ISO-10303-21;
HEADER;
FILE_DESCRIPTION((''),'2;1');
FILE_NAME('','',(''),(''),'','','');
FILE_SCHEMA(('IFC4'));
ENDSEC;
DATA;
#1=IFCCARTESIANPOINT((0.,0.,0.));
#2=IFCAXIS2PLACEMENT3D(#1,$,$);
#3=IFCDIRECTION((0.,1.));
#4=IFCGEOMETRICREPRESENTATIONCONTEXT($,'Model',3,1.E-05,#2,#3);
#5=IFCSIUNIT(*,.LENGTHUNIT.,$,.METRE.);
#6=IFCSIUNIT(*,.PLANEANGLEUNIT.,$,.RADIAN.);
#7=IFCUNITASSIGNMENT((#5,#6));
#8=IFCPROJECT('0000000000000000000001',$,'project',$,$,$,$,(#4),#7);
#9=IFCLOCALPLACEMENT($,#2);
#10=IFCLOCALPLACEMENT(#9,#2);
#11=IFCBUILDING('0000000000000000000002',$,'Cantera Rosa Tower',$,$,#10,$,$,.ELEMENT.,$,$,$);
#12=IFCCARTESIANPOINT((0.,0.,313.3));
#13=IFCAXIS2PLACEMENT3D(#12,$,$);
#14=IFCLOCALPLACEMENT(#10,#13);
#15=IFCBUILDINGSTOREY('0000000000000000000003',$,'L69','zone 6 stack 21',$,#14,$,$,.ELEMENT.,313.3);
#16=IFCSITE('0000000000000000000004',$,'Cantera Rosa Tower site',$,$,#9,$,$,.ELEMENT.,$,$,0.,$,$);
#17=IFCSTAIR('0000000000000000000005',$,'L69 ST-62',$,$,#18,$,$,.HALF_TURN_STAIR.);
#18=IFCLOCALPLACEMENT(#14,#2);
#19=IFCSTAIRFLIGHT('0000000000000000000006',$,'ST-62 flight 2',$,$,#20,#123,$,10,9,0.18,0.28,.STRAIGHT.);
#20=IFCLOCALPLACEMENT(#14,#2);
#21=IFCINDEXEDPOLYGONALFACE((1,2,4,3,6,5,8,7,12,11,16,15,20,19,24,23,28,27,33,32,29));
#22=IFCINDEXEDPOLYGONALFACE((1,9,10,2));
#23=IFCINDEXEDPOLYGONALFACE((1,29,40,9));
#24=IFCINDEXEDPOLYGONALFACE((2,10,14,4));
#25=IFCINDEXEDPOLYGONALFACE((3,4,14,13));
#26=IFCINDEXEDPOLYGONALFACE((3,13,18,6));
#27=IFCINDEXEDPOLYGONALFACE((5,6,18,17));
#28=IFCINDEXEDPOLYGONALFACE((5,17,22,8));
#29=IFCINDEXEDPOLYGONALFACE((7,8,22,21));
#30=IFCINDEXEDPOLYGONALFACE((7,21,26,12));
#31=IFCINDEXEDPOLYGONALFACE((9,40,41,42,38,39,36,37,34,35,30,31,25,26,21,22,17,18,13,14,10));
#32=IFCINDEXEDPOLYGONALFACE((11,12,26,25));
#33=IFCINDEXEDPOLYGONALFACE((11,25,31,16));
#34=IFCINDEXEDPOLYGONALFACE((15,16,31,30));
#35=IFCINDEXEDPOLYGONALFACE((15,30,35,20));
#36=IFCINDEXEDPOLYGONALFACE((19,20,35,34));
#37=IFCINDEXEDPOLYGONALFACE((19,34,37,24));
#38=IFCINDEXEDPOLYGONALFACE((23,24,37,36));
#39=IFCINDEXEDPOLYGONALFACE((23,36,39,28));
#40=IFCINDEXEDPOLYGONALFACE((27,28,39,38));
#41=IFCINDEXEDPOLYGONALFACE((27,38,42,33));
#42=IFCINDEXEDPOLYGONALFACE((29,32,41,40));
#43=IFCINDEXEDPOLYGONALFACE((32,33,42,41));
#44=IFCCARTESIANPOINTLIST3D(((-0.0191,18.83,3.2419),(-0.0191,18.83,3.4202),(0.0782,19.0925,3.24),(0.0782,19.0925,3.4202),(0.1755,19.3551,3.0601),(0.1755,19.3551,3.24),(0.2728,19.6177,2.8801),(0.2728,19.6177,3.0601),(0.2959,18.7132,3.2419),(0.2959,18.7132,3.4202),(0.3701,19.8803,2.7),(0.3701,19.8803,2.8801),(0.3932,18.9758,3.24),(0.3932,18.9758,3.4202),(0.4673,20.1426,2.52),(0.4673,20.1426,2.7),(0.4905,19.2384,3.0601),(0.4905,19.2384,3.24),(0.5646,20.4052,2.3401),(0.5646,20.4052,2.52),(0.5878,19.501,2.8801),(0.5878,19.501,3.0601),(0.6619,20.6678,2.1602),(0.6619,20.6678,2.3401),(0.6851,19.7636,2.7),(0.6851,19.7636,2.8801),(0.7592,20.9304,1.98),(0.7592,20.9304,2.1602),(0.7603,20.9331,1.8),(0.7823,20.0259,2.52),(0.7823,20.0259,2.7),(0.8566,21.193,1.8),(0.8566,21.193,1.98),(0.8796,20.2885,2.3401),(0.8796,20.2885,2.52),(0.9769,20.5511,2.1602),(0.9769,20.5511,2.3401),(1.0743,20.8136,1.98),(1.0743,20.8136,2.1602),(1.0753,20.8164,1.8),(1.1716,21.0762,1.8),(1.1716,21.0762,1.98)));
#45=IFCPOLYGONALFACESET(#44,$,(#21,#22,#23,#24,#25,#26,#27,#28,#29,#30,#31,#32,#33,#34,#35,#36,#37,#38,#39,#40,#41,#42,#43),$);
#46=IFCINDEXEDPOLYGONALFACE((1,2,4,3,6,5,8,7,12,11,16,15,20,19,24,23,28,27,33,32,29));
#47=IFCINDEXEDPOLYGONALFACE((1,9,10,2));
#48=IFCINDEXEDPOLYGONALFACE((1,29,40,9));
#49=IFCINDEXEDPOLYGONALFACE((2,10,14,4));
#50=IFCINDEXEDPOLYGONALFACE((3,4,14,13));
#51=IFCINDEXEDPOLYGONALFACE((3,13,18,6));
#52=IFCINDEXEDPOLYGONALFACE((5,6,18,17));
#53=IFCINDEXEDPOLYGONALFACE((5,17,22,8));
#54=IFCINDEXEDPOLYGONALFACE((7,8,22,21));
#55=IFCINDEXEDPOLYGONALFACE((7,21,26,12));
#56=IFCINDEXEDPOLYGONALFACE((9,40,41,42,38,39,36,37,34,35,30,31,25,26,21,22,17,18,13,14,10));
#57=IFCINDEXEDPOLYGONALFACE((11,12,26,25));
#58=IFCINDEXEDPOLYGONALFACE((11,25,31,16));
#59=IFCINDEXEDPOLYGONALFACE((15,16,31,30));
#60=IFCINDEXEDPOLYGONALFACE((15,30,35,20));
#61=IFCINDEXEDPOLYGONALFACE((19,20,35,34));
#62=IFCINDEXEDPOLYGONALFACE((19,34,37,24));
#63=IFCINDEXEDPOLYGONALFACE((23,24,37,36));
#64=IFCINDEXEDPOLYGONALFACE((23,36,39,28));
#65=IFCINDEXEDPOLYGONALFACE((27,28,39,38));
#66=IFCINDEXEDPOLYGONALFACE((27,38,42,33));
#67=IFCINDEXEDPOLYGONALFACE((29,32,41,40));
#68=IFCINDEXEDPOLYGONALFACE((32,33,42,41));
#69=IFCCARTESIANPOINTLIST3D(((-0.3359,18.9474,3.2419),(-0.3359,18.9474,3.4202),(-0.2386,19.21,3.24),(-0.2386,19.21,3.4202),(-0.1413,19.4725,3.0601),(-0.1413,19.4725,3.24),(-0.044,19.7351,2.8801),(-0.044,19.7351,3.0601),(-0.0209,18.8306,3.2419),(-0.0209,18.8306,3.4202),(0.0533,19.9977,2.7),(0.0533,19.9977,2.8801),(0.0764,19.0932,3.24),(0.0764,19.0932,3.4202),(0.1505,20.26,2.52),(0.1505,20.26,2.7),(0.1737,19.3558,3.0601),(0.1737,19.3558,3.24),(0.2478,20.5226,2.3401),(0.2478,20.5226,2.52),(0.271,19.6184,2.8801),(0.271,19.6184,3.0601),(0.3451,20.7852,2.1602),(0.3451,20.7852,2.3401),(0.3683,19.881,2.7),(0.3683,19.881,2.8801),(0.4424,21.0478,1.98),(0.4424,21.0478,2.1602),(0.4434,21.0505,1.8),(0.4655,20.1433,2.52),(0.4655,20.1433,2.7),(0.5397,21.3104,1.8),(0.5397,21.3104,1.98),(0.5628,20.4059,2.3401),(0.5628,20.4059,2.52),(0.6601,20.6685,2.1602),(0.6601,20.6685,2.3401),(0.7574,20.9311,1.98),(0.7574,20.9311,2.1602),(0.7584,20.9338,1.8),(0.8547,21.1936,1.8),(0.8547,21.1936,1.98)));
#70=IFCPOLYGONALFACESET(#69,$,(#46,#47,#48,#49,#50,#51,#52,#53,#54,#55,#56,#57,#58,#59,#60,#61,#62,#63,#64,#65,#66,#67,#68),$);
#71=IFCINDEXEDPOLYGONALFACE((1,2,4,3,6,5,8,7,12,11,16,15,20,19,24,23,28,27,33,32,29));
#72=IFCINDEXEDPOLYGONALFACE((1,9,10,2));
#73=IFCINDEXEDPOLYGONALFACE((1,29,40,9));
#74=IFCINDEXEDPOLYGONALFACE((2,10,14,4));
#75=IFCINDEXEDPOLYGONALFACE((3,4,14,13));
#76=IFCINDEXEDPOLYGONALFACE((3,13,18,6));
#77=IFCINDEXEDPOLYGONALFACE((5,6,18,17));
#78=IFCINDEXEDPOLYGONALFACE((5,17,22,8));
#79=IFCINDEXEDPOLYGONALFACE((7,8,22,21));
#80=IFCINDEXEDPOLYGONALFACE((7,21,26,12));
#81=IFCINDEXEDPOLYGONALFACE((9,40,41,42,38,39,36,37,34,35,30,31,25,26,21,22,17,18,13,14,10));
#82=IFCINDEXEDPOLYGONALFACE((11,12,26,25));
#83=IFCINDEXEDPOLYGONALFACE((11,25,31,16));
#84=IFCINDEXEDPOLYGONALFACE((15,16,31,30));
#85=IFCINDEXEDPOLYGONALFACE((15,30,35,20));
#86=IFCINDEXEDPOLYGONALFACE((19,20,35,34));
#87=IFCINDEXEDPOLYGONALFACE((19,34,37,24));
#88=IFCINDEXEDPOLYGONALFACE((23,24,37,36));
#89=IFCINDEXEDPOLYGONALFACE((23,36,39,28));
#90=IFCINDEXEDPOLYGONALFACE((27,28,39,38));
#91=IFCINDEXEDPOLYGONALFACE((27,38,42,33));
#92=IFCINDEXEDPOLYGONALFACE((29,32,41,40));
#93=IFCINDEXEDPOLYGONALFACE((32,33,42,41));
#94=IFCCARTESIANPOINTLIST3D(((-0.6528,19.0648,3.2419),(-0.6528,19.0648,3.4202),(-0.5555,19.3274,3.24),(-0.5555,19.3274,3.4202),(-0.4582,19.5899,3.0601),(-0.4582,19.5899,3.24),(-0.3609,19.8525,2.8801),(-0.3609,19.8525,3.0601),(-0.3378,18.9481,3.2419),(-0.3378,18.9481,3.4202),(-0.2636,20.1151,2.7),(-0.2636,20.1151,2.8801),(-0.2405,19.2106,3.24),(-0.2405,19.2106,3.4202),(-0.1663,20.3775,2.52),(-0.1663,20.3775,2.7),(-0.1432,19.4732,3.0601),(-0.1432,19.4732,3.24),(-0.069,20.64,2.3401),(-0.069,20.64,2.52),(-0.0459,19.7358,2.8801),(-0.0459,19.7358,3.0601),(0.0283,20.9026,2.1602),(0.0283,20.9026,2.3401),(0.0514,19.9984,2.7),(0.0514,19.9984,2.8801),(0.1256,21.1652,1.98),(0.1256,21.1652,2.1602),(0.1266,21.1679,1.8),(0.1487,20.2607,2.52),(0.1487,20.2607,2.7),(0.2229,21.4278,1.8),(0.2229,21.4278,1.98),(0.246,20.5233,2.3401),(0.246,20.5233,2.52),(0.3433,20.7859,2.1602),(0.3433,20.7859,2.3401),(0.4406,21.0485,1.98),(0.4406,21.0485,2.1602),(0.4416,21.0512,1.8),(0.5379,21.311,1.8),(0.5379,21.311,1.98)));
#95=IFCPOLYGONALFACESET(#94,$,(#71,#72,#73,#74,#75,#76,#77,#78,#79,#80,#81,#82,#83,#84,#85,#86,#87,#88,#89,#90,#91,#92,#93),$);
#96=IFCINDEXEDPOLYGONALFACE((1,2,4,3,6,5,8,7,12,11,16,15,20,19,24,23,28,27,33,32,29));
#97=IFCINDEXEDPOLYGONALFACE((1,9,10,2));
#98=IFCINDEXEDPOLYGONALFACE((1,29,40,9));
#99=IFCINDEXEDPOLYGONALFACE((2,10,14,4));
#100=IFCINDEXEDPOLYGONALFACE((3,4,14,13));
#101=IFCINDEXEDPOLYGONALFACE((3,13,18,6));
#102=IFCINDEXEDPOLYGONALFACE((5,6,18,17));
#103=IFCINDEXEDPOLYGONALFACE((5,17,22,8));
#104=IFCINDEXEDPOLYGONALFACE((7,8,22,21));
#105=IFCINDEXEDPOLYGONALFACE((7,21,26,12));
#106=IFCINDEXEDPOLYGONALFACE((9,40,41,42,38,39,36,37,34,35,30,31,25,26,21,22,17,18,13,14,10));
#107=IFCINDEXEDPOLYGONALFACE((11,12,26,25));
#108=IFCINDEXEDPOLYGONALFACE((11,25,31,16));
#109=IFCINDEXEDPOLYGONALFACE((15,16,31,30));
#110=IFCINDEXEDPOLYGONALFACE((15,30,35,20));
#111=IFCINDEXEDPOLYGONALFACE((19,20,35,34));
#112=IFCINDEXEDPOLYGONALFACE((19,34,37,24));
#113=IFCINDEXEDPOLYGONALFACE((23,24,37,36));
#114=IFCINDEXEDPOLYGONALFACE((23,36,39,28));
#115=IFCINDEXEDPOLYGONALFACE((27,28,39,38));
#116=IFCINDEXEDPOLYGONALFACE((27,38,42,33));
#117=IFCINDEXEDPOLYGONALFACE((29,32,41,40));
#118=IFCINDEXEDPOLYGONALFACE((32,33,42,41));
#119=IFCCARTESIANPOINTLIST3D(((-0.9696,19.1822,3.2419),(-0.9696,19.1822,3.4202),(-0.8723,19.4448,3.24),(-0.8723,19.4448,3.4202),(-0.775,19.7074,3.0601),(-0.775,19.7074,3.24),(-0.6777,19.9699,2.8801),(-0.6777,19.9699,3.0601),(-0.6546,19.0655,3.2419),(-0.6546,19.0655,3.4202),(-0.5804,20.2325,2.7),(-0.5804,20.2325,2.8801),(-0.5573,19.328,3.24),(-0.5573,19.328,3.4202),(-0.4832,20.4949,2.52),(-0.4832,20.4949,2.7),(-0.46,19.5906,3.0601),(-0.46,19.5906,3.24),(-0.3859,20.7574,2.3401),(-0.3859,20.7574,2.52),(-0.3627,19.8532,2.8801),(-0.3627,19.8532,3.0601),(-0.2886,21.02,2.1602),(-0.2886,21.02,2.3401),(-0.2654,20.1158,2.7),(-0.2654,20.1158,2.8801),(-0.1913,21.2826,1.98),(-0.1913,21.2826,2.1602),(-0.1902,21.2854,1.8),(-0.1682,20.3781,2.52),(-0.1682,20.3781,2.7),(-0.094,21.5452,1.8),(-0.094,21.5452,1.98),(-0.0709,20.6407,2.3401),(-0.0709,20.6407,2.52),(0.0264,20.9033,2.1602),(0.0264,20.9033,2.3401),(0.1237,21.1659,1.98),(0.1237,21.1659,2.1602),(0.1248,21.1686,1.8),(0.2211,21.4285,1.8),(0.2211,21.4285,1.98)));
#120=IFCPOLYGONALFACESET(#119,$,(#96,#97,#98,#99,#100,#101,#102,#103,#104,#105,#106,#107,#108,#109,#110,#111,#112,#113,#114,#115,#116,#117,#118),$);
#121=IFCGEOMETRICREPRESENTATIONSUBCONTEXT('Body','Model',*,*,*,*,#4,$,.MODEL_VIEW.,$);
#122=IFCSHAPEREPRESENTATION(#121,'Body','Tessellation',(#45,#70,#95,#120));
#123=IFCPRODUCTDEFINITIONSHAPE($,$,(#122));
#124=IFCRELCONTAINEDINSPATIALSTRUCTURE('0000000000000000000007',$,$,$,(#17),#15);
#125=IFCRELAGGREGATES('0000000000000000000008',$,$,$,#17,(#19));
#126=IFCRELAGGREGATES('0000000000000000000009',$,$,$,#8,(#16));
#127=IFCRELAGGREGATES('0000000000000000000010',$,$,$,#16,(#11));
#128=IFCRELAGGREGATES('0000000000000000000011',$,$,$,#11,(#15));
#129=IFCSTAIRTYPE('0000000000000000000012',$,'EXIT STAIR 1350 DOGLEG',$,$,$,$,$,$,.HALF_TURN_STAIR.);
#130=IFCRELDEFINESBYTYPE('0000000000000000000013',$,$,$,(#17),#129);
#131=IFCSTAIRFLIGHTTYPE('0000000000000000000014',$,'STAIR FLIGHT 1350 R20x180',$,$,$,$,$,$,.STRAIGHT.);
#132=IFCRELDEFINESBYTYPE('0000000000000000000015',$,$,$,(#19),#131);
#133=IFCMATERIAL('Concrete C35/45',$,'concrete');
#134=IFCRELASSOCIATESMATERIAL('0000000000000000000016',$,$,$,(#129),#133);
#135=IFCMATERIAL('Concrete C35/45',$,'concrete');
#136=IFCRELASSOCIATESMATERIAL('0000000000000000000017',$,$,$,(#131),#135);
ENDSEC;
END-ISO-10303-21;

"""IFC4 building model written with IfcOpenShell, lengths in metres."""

from ifc_helpers import new_model, si_unit, direction, frame, origin, place, context, subcontext, project, spatial, polyline, outline, extrude, material, type_object, element, aggregate, save


model = new_model("IFC4")

# Units and contexts
model_context = context("Model", 3, precision=1e-05, world=origin(), true_north=direction((0.0, 1.0)))
body_context = subcontext(model_context, "Body", "Model", "MODEL_VIEW")
ifc_project = project(units=[si_unit("LENGTHUNIT", "METRE"), si_unit("PLANEANGLEUNIT", "RADIAN")], contexts=[model_context])

# Site, building, storey
site_placement = place(None, origin())
site = spatial("IfcSite", under=ifc_project, at=site_placement, Name="Cantera Rosa Tower site", CompositionType="ELEMENT", RefElevation=0.0)
building_placement = place(site_placement, origin())
building = spatial("IfcBuilding", under=site, at=building_placement, Name="Cantera Rosa Tower", CompositionType="ELEMENT")
storey_placement = place(building_placement, frame((0.0, 0.0, 313.3)))
storey = spatial("IfcBuildingStorey", under=building, at=storey_placement, Name="L69", Description="zone 6 stack 21", CompositionType="ELEMENT", Elevation=313.3)

# Stair, stair flight
ifc_material_1 = material(Name="Concrete C35/45", Category="concrete")
stair_type = type_object("IfcStairType", Name="EXIT STAIR 1350 DOGLEG", PredefinedType="HALF_TURN_STAIR", material=ifc_material_1)
stair_placement = place(storey_placement, origin())
stair = element("IfcStair", 1, at=stair_placement, inside=storey, type_object=stair_type, Name="L69 ST-62", PredefinedType="HALF_TURN_STAIR")
ifc_material_2 = material(Name="Concrete C35/45", Category="concrete")
stair_flight_type = type_object("IfcStairFlightType", Name="STAIR FLIGHT 1350 R20x180", PredefinedType="STRAIGHT", material=ifc_material_2)
stair_flight_placement = place(storey_placement, frame((0.5386, 21.3108, 1.8), z_axis=(0.0, 0.0, 1.0), x_axis=(-0.347481, -0.937687, 0.0)))
stair_flight = element("IfcStairFlight", 2, at=stair_flight_placement, type_object=stair_flight_type, Name="ST-62 flight 2", NumberOfRisers=10, NumberOfTreads=9, PredefinedType="STRAIGHT", RiserHeight=0.18, TreadLength=0.28, context=body_context, shape_type="SweptSolid", body=[
    extrude(outline(polyline([(0.0, 0.0), (0.0, 0.1799), (0.28, 0.1799), (0.28, 0.3601), (0.5601, 0.3601), (0.5601, 0.54), (0.8401, 0.54), (0.8401, 0.72), (1.1201, 0.72), (1.1201, 0.8999), (1.3999, 0.8999), (1.3999, 1.0801), (1.6799, 1.0801), (1.6799, 1.26), (1.96, 1.26), (1.96, 1.4399), (2.24, 1.4399), (2.24, 1.6201), (2.52, 1.6201), (2.52, 1.8), (2.52, 1.4419), (0.2771, 0.0), (0.0, 0.0)])), frame((0.0, 0.675, 0.0), z_axis=(0.0, -1.0, 0.0), x_axis=(1.0, 0.0, 0.0)), (0.0, 0.0, 1.0), 0.3359),
    extrude(outline(polyline([(0.0, 0.0), (0.0, 0.1799), (0.28, 0.1799), (0.28, 0.3601), (0.5601, 0.3601), (0.5601, 0.54), (0.8401, 0.54), (0.8401, 0.72), (1.1201, 0.72), (1.1201, 0.8999), (1.3999, 0.8999), (1.3999, 1.0801), (1.6799, 1.0801), (1.6799, 1.26), (1.96, 1.26), (1.96, 1.4399), (2.24, 1.4399), (2.24, 1.6201), (2.52, 1.6201), (2.52, 1.8), (2.52, 1.4419), (0.2771, 0.0), (0.0, 0.0)])), frame((0.0, 0.3372, 0.0), z_axis=(0.0, -1.0, 0.0), x_axis=(1.0, 0.0, 0.0)), (0.0, 0.0, 1.0), 0.3359),
    extrude(outline(polyline([(0.0, 0.0), (0.0, 0.1799), (0.28, 0.1799), (0.28, 0.3601), (0.5601, 0.3601), (0.5601, 0.54), (0.8401, 0.54), (0.8401, 0.72), (1.1201, 0.72), (1.1201, 0.8999), (1.3999, 0.8999), (1.3999, 1.0801), (1.6799, 1.0801), (1.6799, 1.26), (1.96, 1.26), (1.96, 1.4399), (2.24, 1.4399), (2.24, 1.6201), (2.52, 1.6201), (2.52, 1.8), (2.52, 1.4419), (0.2771, 0.0), (0.0, 0.0)])), frame((0.0, -0.0007, 0.0), z_axis=(0.0, -1.0, 0.0), x_axis=(1.0, 0.0, 0.0)), (0.0, 0.0, 1.0), 0.3359),
    extrude(outline(polyline([(0.0, 0.0), (0.0, 0.1799), (0.28, 0.1799), (0.28, 0.3601), (0.5601, 0.3601), (0.5601, 0.54), (0.8401, 0.54), (0.8401, 0.72), (1.1201, 0.72), (1.1201, 0.8999), (1.3999, 0.8999), (1.3999, 1.0801), (1.6799, 1.0801), (1.6799, 1.26), (1.96, 1.26), (1.96, 1.4399), (2.24, 1.4399), (2.24, 1.6201), (2.52, 1.6201), (2.52, 1.8), (2.52, 1.4419), (0.2771, 0.0), (0.0, 0.0)])), frame((0.0, -0.3386, 0.0), z_axis=(0.0, -1.0, 0.0), x_axis=(1.0, 0.0, 0.0)), (0.0, 0.0, 1.0), 0.3359),
])
aggregate(stair, [stair_flight])

save(model, "model.ifc")
